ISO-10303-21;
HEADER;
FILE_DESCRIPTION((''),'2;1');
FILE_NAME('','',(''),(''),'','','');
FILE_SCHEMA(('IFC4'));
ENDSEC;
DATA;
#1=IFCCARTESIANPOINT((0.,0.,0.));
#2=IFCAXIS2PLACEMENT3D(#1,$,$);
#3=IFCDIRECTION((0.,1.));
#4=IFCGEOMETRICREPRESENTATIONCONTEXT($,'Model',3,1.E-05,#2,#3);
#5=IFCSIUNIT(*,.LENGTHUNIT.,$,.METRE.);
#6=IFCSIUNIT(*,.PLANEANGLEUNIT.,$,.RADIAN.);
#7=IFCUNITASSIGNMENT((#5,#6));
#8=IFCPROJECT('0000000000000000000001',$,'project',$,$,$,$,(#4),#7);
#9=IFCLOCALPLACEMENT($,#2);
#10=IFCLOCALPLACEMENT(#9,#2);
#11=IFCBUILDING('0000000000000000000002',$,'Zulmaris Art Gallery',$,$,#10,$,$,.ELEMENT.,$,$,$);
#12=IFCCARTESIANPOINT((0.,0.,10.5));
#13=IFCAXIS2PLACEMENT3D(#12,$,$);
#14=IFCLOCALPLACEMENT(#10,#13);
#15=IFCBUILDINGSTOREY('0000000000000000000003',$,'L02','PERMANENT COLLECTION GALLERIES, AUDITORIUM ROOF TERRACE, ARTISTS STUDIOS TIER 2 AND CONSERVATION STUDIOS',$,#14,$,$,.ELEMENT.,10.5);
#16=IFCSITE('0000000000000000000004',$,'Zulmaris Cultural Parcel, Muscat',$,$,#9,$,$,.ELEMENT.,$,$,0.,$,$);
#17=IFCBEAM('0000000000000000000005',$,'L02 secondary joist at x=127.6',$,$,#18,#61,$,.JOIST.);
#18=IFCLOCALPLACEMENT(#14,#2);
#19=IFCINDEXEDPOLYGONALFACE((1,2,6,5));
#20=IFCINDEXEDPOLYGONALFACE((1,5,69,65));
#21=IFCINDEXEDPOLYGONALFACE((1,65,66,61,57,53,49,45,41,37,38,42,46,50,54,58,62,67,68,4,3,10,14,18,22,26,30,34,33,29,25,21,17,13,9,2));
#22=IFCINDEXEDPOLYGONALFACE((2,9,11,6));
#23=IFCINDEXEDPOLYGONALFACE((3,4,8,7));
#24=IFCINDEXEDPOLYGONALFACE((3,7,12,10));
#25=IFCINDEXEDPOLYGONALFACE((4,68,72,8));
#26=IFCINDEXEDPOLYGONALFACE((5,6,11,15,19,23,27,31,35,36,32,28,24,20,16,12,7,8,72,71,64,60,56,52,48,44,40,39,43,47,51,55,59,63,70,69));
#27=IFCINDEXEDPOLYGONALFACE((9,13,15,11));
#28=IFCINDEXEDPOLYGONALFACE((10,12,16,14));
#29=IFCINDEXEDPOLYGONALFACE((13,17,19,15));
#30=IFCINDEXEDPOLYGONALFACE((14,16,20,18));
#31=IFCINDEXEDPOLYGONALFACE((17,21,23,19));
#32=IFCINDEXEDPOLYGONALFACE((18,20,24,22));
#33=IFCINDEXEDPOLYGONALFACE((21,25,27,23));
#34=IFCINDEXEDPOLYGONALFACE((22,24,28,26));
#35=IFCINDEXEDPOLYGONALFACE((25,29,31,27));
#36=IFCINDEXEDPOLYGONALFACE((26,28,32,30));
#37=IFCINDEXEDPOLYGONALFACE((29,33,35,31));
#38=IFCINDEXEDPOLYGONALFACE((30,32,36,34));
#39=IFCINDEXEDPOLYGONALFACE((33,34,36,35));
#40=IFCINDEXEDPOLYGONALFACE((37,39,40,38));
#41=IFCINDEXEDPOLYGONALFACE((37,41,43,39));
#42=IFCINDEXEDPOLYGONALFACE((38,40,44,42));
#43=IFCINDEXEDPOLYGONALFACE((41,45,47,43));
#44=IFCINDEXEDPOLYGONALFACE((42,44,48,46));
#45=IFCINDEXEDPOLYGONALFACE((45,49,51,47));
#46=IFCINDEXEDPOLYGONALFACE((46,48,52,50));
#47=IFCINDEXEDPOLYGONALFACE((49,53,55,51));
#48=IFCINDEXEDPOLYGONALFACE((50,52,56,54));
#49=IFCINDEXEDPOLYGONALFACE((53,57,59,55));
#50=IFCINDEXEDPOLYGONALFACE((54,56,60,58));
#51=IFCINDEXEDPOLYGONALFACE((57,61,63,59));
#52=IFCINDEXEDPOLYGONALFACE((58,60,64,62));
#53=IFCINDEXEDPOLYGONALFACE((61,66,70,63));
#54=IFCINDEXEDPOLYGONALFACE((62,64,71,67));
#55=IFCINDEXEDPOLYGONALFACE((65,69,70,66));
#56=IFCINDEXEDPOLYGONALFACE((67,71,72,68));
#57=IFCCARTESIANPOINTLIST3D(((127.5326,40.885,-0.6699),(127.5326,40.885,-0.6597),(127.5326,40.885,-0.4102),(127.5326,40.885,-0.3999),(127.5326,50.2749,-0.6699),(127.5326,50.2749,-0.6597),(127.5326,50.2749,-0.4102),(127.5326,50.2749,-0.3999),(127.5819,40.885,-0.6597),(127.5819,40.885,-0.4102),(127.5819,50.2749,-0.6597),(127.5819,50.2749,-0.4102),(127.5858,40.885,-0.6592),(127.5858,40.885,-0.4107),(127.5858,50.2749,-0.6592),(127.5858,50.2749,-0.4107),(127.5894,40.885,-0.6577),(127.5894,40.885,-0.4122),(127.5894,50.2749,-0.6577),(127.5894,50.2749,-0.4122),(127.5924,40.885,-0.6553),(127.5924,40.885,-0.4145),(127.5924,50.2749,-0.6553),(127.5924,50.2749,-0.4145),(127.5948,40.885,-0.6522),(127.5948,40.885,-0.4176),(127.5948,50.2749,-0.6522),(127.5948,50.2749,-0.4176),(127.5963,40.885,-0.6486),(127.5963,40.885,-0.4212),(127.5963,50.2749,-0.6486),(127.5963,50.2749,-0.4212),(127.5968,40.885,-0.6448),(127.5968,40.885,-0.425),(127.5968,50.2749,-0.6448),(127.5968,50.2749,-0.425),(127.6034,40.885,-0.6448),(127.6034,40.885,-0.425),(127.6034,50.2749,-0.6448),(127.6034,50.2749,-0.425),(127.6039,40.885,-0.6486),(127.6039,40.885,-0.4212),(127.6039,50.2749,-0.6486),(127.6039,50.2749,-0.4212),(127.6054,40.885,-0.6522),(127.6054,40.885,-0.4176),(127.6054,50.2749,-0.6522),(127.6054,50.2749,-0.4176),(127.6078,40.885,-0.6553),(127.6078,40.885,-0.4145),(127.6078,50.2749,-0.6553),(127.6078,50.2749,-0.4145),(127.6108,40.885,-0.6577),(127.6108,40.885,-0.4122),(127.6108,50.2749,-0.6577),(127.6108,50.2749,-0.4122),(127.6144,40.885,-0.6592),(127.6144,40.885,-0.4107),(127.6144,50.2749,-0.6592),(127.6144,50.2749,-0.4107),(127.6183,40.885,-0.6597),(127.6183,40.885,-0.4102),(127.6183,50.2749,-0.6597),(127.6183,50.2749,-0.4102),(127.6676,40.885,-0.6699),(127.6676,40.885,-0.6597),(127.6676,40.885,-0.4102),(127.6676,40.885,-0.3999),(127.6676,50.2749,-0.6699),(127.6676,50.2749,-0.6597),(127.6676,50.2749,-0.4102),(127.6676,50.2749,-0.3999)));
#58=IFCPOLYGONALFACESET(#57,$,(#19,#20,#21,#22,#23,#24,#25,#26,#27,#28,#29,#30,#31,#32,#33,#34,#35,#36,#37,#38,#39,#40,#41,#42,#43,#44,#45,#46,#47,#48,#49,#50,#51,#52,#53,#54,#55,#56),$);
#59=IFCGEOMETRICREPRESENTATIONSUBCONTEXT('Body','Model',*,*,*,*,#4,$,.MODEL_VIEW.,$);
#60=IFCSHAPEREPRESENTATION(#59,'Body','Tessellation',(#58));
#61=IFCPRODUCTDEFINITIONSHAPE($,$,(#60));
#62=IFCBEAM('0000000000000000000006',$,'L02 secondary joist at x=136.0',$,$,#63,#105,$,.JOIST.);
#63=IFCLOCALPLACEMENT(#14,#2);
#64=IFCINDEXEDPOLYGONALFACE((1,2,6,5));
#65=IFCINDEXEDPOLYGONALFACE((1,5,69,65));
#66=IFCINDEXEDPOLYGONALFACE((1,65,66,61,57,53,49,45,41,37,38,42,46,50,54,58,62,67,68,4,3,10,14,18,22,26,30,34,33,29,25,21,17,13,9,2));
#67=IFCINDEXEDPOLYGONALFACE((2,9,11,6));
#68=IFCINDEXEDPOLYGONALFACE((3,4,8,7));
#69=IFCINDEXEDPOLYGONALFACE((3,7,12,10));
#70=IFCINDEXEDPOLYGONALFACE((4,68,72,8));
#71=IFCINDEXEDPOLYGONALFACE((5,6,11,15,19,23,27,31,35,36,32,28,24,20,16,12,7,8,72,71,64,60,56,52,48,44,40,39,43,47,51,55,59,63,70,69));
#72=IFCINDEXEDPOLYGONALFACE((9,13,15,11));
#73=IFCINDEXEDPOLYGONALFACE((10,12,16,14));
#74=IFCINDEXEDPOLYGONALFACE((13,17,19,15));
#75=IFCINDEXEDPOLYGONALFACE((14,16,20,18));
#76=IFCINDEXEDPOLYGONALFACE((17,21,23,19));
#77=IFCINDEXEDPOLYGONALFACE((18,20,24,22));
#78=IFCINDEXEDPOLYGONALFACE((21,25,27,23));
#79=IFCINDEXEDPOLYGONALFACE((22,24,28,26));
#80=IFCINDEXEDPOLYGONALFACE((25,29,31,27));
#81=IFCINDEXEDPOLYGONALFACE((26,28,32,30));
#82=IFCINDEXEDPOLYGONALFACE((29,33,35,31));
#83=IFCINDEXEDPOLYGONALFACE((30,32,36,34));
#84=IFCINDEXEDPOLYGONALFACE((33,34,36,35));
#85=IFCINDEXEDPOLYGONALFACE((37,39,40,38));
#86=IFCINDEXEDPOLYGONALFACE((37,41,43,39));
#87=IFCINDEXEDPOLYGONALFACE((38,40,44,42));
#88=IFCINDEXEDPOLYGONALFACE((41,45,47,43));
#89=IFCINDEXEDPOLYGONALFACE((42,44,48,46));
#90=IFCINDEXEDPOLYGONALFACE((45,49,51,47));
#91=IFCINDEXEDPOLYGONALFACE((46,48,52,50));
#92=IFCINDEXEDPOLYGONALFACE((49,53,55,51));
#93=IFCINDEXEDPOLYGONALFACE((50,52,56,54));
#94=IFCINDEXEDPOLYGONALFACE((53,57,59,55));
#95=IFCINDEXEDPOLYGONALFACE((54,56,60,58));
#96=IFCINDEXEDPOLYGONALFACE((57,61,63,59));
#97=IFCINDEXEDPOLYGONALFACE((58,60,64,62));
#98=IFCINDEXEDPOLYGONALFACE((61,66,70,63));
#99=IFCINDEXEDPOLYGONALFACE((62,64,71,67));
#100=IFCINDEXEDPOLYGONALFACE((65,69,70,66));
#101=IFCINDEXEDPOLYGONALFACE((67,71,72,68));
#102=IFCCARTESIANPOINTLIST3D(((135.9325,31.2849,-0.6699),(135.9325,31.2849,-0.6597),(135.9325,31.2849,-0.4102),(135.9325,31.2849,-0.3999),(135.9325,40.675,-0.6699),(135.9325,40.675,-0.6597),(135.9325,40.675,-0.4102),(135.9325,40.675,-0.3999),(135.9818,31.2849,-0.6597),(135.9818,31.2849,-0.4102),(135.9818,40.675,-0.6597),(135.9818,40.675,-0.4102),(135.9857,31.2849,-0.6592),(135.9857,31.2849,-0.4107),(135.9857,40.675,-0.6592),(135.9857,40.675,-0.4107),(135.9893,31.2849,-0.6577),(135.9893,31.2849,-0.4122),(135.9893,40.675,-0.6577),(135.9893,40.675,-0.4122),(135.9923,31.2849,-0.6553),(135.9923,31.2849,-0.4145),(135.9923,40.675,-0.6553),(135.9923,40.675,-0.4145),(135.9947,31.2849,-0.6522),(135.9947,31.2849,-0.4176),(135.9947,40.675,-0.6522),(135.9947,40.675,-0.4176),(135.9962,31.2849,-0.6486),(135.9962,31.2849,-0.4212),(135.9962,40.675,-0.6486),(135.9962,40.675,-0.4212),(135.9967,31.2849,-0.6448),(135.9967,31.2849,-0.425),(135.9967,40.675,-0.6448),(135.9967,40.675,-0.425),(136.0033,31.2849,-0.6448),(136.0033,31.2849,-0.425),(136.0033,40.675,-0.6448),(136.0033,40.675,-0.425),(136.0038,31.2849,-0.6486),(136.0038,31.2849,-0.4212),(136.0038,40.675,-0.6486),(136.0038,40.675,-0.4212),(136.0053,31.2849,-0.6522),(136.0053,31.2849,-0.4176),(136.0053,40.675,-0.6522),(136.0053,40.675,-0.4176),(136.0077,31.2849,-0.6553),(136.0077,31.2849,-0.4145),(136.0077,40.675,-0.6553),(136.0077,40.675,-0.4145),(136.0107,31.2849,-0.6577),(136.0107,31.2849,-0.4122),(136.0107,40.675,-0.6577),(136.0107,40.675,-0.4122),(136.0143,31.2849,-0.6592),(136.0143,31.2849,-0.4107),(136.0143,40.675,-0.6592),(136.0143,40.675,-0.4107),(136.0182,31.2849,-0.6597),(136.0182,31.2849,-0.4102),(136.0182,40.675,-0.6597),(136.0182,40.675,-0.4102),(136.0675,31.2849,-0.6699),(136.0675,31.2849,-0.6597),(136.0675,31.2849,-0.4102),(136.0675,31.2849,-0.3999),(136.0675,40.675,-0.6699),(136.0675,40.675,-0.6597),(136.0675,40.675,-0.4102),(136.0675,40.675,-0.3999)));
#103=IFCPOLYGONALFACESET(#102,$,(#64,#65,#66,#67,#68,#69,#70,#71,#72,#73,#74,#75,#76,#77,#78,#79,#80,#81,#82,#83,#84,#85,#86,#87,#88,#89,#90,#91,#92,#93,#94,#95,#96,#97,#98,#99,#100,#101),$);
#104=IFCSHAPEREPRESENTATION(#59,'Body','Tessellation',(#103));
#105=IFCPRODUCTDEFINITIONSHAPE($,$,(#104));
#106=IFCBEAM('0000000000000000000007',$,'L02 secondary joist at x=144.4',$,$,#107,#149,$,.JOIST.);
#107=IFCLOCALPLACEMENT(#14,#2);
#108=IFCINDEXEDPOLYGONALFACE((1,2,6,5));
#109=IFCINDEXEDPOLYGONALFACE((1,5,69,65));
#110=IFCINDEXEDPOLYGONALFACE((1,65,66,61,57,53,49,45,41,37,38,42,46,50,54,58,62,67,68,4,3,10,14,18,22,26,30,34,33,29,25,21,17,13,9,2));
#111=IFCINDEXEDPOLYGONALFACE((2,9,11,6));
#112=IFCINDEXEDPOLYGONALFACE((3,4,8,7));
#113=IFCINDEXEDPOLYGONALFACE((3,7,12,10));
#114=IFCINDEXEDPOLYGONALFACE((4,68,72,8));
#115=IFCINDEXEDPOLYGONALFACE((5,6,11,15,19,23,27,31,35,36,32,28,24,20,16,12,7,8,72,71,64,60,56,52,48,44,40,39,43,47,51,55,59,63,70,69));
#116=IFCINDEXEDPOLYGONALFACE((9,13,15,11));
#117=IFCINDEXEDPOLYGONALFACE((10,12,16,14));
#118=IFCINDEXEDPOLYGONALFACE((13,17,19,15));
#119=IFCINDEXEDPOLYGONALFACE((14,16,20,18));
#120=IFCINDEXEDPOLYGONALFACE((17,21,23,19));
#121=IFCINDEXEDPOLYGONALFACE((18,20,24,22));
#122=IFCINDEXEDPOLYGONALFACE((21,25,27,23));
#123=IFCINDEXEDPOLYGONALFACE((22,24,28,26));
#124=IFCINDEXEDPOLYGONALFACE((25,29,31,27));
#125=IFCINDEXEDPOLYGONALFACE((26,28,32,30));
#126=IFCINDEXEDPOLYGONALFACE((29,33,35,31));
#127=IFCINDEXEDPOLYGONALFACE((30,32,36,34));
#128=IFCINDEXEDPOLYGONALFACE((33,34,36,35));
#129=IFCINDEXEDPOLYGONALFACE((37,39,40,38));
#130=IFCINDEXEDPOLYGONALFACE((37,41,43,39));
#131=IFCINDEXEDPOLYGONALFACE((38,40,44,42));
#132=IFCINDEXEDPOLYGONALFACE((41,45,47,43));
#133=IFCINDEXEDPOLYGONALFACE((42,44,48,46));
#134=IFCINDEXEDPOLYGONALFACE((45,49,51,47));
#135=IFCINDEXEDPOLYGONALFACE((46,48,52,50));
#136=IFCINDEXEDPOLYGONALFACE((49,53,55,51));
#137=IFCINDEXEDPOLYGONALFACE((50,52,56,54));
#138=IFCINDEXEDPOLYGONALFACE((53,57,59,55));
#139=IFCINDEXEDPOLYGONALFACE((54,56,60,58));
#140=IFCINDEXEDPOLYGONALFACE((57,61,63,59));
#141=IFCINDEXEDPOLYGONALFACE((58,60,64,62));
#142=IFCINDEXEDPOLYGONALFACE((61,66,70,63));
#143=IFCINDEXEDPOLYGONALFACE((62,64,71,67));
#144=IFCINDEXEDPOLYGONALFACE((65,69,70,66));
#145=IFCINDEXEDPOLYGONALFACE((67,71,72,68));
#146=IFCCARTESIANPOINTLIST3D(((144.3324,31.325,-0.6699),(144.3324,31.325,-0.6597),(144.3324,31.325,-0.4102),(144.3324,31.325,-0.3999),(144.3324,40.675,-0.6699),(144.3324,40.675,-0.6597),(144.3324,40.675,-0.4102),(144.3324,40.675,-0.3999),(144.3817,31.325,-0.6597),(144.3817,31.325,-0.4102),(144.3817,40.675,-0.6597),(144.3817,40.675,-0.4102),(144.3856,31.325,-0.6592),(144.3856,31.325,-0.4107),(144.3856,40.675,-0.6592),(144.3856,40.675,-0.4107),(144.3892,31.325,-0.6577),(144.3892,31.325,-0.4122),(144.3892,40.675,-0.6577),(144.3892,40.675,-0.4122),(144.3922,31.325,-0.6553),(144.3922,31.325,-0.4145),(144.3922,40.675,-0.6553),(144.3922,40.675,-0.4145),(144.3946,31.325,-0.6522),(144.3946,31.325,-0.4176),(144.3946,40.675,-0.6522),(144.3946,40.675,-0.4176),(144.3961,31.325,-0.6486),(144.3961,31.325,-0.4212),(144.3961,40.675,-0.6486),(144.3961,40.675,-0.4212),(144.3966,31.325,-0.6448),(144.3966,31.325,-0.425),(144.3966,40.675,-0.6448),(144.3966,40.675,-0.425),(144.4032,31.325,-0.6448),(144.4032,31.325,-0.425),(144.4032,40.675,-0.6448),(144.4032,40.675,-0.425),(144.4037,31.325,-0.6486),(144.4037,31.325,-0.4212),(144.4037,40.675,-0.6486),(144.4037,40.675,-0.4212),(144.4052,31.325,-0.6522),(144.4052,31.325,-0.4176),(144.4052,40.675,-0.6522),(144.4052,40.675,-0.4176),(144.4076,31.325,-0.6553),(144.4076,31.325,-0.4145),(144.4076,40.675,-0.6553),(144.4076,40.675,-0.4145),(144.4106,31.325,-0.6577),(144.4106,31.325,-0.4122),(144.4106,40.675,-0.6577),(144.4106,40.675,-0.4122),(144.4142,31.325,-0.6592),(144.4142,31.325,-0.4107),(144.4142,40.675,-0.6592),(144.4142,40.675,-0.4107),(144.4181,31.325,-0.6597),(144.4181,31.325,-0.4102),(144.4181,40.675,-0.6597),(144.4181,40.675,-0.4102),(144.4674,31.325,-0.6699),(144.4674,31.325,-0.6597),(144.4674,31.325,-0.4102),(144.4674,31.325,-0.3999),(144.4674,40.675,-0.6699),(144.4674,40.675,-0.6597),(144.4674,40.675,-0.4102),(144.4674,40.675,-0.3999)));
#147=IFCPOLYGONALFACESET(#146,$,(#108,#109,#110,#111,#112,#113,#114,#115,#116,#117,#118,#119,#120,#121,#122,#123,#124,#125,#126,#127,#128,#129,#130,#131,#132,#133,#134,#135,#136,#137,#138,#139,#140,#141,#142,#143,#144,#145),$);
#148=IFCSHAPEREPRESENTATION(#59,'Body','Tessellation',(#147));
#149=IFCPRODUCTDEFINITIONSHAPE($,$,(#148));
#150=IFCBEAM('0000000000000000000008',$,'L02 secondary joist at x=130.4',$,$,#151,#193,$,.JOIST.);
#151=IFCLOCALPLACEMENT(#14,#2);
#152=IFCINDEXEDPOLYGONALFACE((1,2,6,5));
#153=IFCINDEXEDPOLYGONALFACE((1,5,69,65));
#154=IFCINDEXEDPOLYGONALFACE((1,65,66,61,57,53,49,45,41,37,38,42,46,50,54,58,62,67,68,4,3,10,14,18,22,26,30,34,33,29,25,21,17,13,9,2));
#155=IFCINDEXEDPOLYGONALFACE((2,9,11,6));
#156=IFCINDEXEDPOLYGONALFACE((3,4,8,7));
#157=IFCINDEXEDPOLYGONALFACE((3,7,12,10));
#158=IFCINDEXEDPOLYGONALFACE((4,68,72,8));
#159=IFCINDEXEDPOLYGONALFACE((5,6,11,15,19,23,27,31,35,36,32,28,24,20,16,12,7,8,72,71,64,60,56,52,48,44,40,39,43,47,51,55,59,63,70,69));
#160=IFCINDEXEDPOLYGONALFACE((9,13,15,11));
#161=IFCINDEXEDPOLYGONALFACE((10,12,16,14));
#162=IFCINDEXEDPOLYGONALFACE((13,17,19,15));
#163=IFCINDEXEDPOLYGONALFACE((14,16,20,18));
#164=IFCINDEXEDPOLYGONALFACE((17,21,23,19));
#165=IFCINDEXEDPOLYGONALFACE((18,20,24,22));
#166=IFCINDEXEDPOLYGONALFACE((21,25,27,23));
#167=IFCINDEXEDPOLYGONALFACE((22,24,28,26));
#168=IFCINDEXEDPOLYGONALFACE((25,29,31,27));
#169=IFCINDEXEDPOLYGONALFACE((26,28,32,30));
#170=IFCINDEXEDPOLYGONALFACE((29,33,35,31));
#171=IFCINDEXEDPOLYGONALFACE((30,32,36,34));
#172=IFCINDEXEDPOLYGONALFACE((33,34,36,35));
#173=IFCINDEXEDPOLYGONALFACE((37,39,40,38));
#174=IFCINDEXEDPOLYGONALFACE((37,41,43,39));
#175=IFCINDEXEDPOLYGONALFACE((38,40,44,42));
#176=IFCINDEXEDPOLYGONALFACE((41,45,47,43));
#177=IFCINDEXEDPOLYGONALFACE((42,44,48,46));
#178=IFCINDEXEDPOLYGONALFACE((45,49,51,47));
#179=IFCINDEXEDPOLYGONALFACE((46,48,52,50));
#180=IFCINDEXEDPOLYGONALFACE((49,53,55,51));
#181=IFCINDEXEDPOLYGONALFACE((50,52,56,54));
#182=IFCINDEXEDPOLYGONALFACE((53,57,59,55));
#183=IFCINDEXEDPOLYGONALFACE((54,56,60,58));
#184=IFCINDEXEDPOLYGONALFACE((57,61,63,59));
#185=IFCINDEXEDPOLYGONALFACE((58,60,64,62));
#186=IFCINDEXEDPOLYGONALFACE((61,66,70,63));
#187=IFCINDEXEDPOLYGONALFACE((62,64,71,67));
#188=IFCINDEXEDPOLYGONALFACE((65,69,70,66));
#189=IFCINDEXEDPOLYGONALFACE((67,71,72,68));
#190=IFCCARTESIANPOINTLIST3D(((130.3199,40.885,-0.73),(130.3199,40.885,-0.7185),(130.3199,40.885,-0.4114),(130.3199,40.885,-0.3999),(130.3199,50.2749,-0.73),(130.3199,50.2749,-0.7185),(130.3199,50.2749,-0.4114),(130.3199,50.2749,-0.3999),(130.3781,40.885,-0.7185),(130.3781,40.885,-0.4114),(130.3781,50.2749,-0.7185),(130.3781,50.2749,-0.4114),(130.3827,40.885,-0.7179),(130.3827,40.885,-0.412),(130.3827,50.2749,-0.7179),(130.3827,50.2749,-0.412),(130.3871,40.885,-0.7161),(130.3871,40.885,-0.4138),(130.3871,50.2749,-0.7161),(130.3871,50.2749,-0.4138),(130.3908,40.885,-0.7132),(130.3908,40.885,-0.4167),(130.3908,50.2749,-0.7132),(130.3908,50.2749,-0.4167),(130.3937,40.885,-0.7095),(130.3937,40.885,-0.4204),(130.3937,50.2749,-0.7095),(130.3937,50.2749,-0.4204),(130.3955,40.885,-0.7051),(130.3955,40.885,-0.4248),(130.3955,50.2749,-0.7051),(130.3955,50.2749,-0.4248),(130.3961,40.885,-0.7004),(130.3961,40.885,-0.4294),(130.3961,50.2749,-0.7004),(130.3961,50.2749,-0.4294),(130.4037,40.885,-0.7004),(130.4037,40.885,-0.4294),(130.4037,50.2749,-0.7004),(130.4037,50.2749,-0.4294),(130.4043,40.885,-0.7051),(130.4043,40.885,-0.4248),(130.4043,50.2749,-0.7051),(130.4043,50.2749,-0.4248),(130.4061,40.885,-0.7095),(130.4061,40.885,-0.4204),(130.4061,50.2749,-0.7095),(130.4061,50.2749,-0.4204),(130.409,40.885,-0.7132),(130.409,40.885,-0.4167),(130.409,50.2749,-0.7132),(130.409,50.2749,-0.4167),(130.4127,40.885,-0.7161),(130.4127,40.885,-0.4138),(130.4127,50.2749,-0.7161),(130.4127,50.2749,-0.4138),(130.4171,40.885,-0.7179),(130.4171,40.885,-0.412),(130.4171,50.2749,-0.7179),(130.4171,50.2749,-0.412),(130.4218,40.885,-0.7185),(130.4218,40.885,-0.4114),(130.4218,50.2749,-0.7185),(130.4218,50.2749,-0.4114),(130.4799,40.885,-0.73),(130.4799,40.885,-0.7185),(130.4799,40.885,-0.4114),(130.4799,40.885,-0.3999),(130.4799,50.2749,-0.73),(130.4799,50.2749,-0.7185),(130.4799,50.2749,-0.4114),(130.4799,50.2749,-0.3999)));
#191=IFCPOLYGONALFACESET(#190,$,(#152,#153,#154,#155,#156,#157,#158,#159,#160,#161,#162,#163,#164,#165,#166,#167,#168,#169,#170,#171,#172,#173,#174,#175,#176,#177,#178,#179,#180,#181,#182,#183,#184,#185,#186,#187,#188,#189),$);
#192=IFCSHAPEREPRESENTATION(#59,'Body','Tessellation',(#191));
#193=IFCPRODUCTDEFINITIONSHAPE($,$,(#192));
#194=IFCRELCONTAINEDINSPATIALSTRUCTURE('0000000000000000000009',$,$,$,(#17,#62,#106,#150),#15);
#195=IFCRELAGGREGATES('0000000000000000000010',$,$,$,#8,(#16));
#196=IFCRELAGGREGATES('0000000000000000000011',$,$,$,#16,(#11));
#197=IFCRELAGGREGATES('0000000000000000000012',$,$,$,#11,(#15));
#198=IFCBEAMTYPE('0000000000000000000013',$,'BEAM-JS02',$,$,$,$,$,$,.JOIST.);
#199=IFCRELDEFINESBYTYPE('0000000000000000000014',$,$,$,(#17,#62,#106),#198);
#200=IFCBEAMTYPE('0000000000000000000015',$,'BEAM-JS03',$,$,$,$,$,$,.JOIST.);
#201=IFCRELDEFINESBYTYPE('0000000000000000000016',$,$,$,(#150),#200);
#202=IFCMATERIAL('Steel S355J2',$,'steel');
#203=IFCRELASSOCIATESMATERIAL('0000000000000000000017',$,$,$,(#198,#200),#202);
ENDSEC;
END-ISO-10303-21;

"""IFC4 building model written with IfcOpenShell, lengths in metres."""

from ifc_helpers import new_model, si_unit, direction, frame, origin, origin_2d, place, context, subcontext, project, spatial, i_section, extrude, material, material_profile, profile_set, type_object, element, save


model = new_model("IFC4")

# Units and contexts
model_context = context("Model", 3, precision=1e-05, world=origin(), true_north=direction((0.0, 1.0)))
body_context = subcontext(model_context, "Body", "Model", "MODEL_VIEW")
ifc_project = project(units=[si_unit("LENGTHUNIT", "METRE"), si_unit("PLANEANGLEUNIT", "RADIAN")], contexts=[model_context])

# Site, building, storey
site_placement = place(None, origin())
site = spatial("IfcSite", under=ifc_project, at=site_placement, Name="Zulmaris Cultural Parcel, Muscat", CompositionType="ELEMENT", RefElevation=0.0)
building_placement = place(site_placement, origin())
building = spatial("IfcBuilding", under=site, at=building_placement, Name="Zulmaris Art Gallery", CompositionType="ELEMENT")
storey_placement = place(building_placement, frame((0.0, 0.0, 10.5)))
storey = spatial("IfcBuildingStorey", under=building, at=storey_placement, Name="L02", Description="PERMANENT COLLECTION GALLERIES, AUDITORIUM ROOF TERRACE, ARTISTS STUDIOS TIER 2 AND CONSERVATION STUDIOS", CompositionType="ELEMENT", Elevation=10.5)

# Beams
ifc_material_1 = material(Name="Steel S355J2", Category="steel")
ifc_material_profile_1 = material_profile(ifc_material_1, i_section(OverallWidth=0.135, OverallDepth=0.27, WebThickness=0.0066, FlangeThickness=0.0103, FilletRadius=0.0149, at=origin_2d()), Name="IPE 270")
ifc_profile_set_1 = profile_set([ifc_material_profile_1], Name="Steel S355J2")
beam_type_1 = type_object("IfcBeamType", Name="BEAM-JS02", PredefinedType="JOIST", material=ifc_profile_set_1)
beam_1_placement = place(storey_placement, frame((127.6001, 40.885, -0.5349), z_axis=(0.0, 1.0, 0.0), x_axis=(-1.0, 0.0, 0.0)))
element("IfcBeam", 1, at=beam_1_placement, inside=storey, type_object=beam_type_1, Name="L02 secondary joist at x=127.6", PredefinedType="JOIST", context=body_context, shape_type="SweptSolid", body=[
    extrude(i_section(OverallWidth=0.135, OverallDepth=0.27, WebThickness=0.0066, FlangeThickness=0.0103, FilletRadius=0.0149, at=origin_2d()), origin(), (0.0, 0.0, 1.0), 9.3899),
])
beam_2_placement = place(storey_placement, frame((136.0, 31.2849, -0.5349), z_axis=(0.0, 1.0, 0.0), x_axis=(-1.0, 0.0, 0.0)))
element("IfcBeam", 2, at=beam_2_placement, inside=storey, type_object=beam_type_1, Name="L02 secondary joist at x=136.0", PredefinedType="JOIST", context=body_context, shape_type="SweptSolid", body=[
    extrude(i_section(OverallWidth=0.135, OverallDepth=0.27, WebThickness=0.0066, FlangeThickness=0.0103, FilletRadius=0.0149, at=origin_2d()), origin(), (0.0, 0.0, 1.0), 9.3901),
])
beam_3_placement = place(storey_placement, frame((144.3999, 31.325, -0.5349), z_axis=(0.0, 1.0, 0.0), x_axis=(-1.0, 0.0, 0.0)))
element("IfcBeam", 3, at=beam_3_placement, inside=storey, type_object=beam_type_1, Name="L02 secondary joist at x=144.4", PredefinedType="JOIST", context=body_context, shape_type="SweptSolid", body=[
    extrude(i_section(OverallWidth=0.135, OverallDepth=0.27, WebThickness=0.0066, FlangeThickness=0.0103, FilletRadius=0.0149, at=origin_2d()), origin(), (0.0, 0.0, 1.0), 9.3501),
])
ifc_material_profile_2 = material_profile(ifc_material_1, i_section(OverallWidth=0.1599, OverallDepth=0.3301, WebThickness=0.0076, FlangeThickness=0.0115, FilletRadius=0.0181, at=origin_2d()), Name="IPE 330")
ifc_profile_set_2 = profile_set([ifc_material_profile_2], Name="Steel S355J2")
beam_type_2 = type_object("IfcBeamType", Name="BEAM-JS03", PredefinedType="JOIST", material=ifc_profile_set_2)
beam_4_placement = place(storey_placement, frame((130.3999, 40.885, -0.5649), z_axis=(0.0, 1.0, 0.0), x_axis=(-1.0, 0.0, 0.0)))
element("IfcBeam", 4, at=beam_4_placement, inside=storey, type_object=beam_type_2, Name="L02 secondary joist at x=130.4", PredefinedType="JOIST", context=body_context, shape_type="SweptSolid", body=[
    extrude(i_section(OverallWidth=0.1599, OverallDepth=0.3301, WebThickness=0.0076, FlangeThickness=0.0115, FilletRadius=0.0181, at=origin_2d()), origin(), (0.0, 0.0, 1.0), 9.3899),
])

save(model, "model.ifc")
